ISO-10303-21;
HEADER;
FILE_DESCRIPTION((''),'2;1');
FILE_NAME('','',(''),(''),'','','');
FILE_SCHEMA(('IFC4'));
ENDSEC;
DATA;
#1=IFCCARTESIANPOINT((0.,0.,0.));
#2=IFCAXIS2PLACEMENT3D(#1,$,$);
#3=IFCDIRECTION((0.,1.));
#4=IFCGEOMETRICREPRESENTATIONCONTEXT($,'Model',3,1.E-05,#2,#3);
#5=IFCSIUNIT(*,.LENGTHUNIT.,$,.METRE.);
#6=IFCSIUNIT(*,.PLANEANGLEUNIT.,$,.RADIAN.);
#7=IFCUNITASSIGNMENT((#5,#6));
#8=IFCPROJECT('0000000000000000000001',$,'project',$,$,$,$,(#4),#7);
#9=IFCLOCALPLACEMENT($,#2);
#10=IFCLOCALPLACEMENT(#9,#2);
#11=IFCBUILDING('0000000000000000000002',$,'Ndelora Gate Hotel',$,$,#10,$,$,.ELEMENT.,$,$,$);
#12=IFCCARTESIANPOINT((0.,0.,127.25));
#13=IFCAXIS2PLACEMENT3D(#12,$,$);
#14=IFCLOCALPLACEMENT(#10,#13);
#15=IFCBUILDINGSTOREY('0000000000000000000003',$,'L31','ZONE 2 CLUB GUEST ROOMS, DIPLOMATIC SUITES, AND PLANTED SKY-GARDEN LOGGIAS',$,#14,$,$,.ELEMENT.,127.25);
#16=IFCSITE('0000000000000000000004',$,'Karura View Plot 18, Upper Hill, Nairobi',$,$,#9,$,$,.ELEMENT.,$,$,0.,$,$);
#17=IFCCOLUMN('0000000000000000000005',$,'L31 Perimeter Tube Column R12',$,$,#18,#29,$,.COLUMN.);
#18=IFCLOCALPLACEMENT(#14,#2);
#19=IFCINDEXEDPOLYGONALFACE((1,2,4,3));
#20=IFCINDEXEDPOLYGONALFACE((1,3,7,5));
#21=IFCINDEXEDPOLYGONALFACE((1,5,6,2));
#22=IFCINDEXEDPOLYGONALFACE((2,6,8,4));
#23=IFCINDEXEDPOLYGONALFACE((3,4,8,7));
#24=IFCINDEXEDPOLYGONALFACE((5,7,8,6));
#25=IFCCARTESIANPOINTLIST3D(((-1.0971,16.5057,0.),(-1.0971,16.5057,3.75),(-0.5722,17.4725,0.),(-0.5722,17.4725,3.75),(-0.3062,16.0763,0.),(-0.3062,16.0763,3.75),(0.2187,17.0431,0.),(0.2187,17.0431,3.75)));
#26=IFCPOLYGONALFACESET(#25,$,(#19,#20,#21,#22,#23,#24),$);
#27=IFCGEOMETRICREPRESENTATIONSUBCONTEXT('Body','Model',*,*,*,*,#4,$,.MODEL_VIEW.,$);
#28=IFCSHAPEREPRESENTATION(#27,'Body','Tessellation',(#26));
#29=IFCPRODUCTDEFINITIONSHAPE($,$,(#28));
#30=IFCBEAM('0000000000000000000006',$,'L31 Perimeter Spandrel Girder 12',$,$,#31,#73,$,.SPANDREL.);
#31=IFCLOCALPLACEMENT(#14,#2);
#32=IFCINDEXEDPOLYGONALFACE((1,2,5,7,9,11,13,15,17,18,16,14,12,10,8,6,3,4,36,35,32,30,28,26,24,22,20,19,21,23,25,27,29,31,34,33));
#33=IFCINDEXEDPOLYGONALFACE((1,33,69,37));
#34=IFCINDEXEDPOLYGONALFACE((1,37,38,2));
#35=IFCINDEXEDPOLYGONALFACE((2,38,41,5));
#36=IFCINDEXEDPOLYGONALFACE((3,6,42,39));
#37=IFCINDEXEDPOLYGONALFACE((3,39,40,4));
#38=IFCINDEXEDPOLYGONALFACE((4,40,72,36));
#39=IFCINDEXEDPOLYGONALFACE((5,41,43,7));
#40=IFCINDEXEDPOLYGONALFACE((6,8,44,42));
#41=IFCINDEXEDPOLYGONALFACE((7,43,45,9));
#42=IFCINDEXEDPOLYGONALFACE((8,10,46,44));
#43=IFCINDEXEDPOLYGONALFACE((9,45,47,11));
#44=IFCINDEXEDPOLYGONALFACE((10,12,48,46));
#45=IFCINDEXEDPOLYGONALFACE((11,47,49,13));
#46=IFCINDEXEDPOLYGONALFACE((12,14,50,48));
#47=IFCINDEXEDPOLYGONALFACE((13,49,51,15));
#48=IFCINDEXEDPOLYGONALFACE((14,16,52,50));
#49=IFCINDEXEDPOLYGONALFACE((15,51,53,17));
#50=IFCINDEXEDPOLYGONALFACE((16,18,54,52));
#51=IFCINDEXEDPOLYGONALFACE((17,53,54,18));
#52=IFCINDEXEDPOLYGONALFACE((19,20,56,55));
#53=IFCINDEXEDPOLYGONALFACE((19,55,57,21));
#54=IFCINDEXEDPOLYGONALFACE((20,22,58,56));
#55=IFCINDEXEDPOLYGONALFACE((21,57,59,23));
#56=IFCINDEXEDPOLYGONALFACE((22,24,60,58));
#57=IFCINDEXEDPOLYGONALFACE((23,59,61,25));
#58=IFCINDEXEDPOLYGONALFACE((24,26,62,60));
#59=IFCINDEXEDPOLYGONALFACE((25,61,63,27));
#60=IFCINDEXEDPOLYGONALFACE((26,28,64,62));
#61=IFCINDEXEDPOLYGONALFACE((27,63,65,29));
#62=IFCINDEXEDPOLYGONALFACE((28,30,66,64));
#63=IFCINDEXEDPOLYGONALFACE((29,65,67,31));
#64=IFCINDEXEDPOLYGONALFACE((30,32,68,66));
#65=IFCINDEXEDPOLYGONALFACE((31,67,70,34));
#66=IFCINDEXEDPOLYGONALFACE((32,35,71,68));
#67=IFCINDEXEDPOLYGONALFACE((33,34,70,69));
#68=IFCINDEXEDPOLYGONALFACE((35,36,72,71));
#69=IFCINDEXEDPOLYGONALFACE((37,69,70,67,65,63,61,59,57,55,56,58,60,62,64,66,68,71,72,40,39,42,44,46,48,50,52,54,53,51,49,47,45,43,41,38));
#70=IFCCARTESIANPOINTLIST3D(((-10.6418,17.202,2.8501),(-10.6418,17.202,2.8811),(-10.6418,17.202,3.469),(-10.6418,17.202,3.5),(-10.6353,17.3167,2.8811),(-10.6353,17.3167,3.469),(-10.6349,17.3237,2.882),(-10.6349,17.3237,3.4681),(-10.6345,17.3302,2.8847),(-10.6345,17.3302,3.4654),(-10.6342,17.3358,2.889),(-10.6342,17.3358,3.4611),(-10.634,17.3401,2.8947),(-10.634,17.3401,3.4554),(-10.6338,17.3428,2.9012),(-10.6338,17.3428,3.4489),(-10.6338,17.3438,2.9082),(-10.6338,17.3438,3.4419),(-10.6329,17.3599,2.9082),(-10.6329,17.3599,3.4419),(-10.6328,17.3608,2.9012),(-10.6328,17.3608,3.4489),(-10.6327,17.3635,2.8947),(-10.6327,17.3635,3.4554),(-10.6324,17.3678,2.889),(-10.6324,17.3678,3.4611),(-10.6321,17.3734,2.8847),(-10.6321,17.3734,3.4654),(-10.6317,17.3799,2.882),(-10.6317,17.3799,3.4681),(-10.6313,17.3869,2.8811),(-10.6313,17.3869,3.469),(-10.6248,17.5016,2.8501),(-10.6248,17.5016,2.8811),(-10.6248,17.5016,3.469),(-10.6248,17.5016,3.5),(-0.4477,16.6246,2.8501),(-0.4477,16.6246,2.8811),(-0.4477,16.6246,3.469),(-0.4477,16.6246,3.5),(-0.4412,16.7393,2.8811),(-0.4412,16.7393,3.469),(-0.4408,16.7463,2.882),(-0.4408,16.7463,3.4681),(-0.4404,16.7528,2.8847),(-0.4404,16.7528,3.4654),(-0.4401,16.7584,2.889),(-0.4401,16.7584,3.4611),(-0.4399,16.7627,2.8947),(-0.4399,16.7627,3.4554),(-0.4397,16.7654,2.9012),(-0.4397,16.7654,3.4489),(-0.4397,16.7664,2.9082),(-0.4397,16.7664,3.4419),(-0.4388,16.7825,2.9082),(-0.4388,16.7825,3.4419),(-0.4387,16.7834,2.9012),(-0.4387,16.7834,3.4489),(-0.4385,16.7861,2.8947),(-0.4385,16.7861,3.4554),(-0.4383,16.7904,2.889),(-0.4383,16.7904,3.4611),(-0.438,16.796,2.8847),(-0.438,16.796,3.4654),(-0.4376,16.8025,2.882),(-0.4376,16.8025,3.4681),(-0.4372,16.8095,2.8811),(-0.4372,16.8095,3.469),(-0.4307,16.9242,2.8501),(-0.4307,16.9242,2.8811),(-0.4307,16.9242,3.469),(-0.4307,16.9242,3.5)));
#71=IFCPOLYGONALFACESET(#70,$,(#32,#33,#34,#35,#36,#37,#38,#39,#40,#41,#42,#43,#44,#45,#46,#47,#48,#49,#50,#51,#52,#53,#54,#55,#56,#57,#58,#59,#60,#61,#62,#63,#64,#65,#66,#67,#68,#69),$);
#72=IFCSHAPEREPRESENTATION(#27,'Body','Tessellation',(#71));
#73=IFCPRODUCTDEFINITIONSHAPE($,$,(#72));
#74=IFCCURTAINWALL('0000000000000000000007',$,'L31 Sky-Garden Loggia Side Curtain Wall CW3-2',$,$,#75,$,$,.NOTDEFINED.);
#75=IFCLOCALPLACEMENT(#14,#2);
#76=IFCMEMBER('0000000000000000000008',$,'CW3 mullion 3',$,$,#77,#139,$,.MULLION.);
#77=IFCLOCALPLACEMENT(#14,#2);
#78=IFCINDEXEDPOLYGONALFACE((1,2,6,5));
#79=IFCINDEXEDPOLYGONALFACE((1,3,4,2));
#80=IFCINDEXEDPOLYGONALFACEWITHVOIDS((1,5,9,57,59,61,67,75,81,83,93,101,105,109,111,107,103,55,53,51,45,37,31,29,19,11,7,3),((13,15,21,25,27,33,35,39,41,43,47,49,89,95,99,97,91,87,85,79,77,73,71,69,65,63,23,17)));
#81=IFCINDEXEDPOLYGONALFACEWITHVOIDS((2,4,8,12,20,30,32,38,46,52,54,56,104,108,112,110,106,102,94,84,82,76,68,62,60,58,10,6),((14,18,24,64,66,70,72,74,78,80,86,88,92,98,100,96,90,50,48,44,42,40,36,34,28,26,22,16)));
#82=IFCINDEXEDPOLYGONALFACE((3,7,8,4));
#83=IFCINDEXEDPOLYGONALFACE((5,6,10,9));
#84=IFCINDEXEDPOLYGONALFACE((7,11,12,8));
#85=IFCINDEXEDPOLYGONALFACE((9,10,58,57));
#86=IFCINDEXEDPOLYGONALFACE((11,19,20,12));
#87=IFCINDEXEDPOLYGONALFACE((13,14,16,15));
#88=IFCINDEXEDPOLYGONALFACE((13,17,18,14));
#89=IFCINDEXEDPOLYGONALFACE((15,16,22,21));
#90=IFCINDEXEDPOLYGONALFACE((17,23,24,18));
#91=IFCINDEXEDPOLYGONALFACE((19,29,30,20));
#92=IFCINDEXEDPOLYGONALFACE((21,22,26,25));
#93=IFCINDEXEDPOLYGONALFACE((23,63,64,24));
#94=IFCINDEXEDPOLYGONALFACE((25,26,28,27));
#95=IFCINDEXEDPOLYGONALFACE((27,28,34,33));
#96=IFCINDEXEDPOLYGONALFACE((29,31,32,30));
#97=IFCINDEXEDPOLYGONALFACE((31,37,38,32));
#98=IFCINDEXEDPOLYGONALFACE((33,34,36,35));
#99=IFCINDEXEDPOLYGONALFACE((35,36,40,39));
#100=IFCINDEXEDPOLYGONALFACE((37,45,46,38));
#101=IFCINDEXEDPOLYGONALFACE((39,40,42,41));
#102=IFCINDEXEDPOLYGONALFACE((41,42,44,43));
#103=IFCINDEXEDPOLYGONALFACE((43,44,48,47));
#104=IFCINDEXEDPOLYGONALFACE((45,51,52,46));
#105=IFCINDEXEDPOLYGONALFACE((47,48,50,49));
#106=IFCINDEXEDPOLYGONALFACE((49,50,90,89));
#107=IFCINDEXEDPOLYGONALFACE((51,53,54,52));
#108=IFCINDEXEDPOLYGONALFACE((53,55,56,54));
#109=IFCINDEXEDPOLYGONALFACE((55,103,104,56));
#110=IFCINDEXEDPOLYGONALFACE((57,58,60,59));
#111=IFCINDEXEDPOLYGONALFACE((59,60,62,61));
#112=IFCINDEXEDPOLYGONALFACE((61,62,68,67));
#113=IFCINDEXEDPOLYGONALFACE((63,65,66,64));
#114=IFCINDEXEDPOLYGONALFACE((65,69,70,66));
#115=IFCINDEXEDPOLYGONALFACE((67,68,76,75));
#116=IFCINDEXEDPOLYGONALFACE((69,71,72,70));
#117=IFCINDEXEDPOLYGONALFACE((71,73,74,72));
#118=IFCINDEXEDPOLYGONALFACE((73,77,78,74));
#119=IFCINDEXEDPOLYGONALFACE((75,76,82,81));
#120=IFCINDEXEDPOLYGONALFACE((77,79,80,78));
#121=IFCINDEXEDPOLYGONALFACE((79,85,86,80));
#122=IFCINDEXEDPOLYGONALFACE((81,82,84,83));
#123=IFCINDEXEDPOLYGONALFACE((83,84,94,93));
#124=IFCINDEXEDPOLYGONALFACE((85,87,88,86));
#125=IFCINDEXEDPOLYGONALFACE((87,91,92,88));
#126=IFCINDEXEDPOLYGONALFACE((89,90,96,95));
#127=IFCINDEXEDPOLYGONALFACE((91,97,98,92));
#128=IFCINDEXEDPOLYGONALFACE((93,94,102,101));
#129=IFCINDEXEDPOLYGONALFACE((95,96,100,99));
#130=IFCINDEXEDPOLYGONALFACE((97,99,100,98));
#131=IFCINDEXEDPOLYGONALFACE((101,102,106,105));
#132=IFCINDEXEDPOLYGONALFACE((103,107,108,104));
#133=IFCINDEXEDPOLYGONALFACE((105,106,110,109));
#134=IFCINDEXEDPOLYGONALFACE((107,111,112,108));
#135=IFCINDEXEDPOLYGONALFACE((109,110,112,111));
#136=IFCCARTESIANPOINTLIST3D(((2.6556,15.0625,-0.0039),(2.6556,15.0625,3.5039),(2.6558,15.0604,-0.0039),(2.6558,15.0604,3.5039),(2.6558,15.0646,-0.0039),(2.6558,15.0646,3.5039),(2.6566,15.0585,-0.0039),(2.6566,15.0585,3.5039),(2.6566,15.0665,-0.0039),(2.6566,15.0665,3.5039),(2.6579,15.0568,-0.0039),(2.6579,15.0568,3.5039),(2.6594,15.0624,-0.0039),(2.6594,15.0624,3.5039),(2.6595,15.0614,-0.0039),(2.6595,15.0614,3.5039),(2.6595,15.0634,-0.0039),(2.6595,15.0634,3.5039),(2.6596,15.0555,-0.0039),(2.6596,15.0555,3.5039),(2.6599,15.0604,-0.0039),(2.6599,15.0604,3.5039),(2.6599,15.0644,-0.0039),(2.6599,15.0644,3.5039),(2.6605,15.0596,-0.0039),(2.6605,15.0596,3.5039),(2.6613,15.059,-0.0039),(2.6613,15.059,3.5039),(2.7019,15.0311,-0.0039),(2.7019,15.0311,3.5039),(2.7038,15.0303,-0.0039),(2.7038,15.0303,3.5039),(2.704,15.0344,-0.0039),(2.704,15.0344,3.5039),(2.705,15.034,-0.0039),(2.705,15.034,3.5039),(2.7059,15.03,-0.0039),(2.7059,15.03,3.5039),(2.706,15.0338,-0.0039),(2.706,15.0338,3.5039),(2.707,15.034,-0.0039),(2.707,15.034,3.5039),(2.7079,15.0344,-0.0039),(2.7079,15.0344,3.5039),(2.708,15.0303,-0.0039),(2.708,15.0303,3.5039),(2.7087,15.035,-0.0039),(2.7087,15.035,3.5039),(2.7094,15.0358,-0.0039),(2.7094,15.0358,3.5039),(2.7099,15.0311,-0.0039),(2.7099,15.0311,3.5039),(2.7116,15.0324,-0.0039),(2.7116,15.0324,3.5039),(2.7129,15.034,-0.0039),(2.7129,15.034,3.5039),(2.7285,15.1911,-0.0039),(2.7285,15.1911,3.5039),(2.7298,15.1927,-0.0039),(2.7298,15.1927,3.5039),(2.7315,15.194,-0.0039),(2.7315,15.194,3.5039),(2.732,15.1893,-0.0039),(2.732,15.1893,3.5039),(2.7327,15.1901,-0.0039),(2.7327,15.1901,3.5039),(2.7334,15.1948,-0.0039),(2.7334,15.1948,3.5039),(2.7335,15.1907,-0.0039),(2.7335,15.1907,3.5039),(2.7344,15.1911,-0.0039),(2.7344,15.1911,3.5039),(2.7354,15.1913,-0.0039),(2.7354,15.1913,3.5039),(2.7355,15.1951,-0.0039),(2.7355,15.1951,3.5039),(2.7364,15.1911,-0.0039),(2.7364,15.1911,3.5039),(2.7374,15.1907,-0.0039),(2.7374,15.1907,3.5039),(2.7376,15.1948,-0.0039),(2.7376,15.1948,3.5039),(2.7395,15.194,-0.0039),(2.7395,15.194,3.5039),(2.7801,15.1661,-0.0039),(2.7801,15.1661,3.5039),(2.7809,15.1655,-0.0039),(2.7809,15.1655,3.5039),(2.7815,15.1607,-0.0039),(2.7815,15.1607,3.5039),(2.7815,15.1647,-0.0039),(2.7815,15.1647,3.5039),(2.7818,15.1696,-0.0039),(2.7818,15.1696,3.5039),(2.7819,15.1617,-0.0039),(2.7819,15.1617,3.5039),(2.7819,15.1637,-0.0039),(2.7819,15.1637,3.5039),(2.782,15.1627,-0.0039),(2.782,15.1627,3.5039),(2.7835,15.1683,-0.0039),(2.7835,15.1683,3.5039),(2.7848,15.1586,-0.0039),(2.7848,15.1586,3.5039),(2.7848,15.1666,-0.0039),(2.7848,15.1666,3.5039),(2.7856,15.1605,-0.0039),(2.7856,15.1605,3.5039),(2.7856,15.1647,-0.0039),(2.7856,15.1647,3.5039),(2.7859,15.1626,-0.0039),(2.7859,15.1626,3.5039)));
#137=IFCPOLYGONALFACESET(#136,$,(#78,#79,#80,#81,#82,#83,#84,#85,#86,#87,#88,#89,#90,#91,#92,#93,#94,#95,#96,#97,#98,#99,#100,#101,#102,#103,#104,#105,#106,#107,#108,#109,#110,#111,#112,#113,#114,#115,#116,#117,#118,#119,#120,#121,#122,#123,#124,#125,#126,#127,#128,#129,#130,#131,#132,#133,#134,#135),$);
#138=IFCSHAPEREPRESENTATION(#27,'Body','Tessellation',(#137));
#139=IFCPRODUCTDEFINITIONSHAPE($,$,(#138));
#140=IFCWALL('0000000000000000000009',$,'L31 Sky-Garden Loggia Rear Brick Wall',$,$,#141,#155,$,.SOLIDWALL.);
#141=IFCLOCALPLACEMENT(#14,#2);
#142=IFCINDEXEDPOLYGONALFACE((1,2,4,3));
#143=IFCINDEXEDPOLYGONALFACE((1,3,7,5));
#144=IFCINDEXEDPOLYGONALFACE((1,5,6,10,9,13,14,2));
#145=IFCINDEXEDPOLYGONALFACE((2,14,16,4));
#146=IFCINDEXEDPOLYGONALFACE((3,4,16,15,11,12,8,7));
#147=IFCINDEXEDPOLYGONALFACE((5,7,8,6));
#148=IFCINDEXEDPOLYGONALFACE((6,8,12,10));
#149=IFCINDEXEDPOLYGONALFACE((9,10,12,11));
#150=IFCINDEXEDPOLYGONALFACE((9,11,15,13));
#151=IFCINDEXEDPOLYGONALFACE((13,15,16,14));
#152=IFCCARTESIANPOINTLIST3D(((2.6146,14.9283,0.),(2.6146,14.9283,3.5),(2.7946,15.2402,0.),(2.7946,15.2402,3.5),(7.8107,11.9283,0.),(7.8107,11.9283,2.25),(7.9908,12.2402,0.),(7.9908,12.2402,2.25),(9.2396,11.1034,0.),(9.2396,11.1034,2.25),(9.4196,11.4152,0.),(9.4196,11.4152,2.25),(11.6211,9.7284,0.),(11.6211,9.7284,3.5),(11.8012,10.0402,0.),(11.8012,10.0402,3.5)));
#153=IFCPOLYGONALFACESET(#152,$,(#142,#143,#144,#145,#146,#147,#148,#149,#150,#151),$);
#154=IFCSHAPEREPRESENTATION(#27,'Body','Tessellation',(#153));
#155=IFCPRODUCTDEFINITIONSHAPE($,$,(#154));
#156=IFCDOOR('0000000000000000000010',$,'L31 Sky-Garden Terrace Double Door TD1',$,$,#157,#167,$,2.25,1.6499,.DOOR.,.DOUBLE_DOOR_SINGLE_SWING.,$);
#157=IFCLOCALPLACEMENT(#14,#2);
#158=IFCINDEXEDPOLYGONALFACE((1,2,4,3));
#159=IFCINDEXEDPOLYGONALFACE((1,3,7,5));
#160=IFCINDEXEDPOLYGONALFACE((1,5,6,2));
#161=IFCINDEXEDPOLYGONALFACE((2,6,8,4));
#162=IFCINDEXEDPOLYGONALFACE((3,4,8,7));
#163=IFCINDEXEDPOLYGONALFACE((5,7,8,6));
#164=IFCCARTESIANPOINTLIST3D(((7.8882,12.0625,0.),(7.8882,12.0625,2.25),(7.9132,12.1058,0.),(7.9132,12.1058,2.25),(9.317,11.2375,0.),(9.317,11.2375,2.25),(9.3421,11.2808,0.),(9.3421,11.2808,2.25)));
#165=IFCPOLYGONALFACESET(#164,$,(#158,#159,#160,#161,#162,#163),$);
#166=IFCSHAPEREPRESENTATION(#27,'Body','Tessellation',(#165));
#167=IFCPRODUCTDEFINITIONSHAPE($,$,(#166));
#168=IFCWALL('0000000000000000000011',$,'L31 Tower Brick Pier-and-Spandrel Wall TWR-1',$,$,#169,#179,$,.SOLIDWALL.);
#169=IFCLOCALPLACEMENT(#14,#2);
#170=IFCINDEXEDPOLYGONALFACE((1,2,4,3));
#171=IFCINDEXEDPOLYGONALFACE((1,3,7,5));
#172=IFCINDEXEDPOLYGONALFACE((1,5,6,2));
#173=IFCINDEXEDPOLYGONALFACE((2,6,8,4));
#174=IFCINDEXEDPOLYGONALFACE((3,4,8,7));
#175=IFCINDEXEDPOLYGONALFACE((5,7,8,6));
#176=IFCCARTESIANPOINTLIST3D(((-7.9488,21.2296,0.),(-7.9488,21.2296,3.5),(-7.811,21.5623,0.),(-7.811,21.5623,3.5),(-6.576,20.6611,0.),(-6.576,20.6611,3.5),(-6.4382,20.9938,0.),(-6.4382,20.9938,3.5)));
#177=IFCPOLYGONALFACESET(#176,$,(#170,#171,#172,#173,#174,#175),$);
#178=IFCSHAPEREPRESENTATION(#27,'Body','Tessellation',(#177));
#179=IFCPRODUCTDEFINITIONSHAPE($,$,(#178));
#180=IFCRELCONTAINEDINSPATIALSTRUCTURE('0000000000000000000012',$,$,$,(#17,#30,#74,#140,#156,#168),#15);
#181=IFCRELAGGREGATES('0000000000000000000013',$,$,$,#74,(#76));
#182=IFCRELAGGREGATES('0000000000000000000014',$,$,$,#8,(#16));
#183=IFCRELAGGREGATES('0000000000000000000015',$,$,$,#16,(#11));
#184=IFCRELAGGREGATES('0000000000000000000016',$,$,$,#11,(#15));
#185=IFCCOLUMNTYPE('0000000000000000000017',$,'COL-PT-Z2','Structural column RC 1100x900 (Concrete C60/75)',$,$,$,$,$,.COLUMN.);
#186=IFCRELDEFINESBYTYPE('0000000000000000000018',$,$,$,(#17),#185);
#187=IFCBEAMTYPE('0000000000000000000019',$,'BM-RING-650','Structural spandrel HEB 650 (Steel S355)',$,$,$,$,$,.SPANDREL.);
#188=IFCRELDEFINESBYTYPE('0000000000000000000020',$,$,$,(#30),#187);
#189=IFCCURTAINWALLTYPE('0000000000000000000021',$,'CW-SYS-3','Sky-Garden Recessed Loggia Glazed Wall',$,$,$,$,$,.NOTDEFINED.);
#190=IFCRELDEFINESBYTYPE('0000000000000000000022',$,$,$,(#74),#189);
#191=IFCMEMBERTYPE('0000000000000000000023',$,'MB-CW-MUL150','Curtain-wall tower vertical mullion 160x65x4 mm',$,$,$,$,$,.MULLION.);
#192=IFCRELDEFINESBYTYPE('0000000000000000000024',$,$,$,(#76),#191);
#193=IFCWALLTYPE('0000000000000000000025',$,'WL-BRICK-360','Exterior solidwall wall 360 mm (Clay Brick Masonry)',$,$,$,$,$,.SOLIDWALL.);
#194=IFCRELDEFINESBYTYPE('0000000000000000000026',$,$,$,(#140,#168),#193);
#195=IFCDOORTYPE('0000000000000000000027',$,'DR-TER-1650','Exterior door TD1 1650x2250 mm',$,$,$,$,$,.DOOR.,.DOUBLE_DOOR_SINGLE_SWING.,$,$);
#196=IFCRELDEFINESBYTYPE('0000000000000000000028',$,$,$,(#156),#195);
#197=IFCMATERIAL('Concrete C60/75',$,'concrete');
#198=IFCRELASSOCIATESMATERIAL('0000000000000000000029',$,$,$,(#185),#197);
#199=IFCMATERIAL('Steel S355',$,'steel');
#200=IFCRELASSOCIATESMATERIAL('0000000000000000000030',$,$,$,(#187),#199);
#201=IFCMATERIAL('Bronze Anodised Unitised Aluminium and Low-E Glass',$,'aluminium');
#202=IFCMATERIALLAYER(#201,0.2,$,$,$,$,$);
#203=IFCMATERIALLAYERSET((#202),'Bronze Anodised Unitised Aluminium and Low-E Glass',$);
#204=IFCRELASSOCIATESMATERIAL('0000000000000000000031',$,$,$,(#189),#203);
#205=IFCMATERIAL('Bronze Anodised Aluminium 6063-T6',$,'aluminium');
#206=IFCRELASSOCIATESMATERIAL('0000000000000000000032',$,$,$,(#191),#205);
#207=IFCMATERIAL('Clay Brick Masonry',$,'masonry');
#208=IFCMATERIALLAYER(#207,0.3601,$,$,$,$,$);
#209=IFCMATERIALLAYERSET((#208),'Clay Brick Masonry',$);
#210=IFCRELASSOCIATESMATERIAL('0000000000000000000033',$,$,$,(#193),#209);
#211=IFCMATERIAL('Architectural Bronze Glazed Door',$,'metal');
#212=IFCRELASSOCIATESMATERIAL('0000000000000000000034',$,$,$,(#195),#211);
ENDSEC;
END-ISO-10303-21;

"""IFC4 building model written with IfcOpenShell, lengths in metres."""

from ifc_helpers import new_model, si_unit, direction, frame, frame_2d, origin, origin_2d, place, context, subcontext, project, spatial, rectangle, hollow_rectangle, i_section, extrude, material, layer, layer_set, material_profile, profile_set, type_object, element, fill, aggregate, save


model = new_model("IFC4")

# Units and contexts
model_context = context("Model", 3, precision=1e-05, world=origin(), true_north=direction((0.0, 1.0)))
body_context = subcontext(model_context, "Body", "Model", "MODEL_VIEW")
ifc_project = project(units=[si_unit("LENGTHUNIT", "METRE"), si_unit("PLANEANGLEUNIT", "RADIAN")], contexts=[model_context])

# Site, building, storey
site_placement = place(None, origin())
site = spatial("IfcSite", under=ifc_project, at=site_placement, Name="Karura View Plot 18, Upper Hill, Nairobi", CompositionType="ELEMENT", RefElevation=0.0)
building_placement = place(site_placement, origin())
building = spatial("IfcBuilding", under=site, at=building_placement, Name="Ndelora Gate Hotel", CompositionType="ELEMENT")
storey_placement = place(building_placement, frame((0.0, 0.0, 127.25)))
storey = spatial("IfcBuildingStorey", under=building, at=storey_placement, Name="L31", Description="ZONE 2 CLUB GUEST ROOMS, DIPLOMATIC SUITES, AND PLANTED SKY-GARDEN LOGGIAS", CompositionType="ELEMENT", Elevation=127.25)

# Column
ifc_material_1 = material(Name="Concrete C60/75", Category="concrete")
ifc_material_profile_1 = material_profile(ifc_material_1, rectangle(XDim=0.8999, YDim=1.1001, at=origin_2d()), Name="RC 1100x900")
ifc_profile_set_1 = profile_set([ifc_material_profile_1], Name="Concrete C60/75")
column_type = type_object("IfcColumnType", Name="COL-PT-Z2", Description="Structural column RC 1100x900 (Concrete C60/75)", PredefinedType="COLUMN", material=ifc_profile_set_1)
column_placement = place(storey_placement, frame((-0.4392, 16.7744, 0.0), z_axis=(0.0, 0.0, 1.0), x_axis=(-0.878817, 0.477159, 0.0)))
element("IfcColumn", 1, at=column_placement, inside=storey, type_object=column_type, Name="L31 Perimeter Tube Column R12", PredefinedType="COLUMN", context=body_context, shape_type="SweptSolid", body=[
    extrude(rectangle(XDim=0.8999, YDim=1.1001, at=origin_2d()), origin(), (0.0, 0.0, 1.0), 3.75),
])

# Beam
ifc_material_2 = material(Name="Steel S355", Category="steel")
ifc_material_profile_2 = material_profile(ifc_material_2, i_section(OverallWidth=0.3, OverallDepth=0.6499, WebThickness=0.0161, FlangeThickness=0.031, FilletRadius=0.0271, at=origin_2d()), Name="HEB 650")
ifc_profile_set_2 = profile_set([ifc_material_profile_2], Name="Steel S355")
beam_type = type_object("IfcBeamType", Name="BM-RING-650", Description="Structural spandrel HEB 650 (Steel S355)", PredefinedType="SPANDREL", material=ifc_profile_set_2)
beam_placement = place(storey_placement, frame((-0.4392, 16.7744, 3.175), z_axis=(-0.9984, 0.056549, 0.0), x_axis=(-0.056549, -0.9984, 0.0)))
element("IfcBeam", 2, at=beam_placement, inside=storey, type_object=beam_type, Name="L31 Perimeter Spandrel Girder 12", PredefinedType="SPANDREL", context=body_context, shape_type="SweptSolid", body=[
    extrude(i_section(OverallWidth=0.3, OverallDepth=0.6499, WebThickness=0.0161, FlangeThickness=0.031, FilletRadius=0.0271, at=origin_2d()), origin(), (0.0, 0.0, 1.0), 10.2104),
])

# Curtain wall, member
ifc_material_3 = material(Name="Bronze Anodised Unitised Aluminium and Low-E Glass", Category="aluminium")
ifc_layer_1 = layer(ifc_material_3, 0.2)
ifc_layer_set_1 = layer_set([ifc_layer_1], Name="Bronze Anodised Unitised Aluminium and Low-E Glass")
curtain_wall_type = type_object("IfcCurtainWallType", Name="CW-SYS-3", Description="Sky-Garden Recessed Loggia Glazed Wall", PredefinedType="NOTDEFINED", material=ifc_layer_set_1)
curtain_wall_placement = place(storey_placement, origin())
curtain_wall = element("IfcCurtainWall", 3, at=curtain_wall_placement, inside=storey, type_object=curtain_wall_type, Name="L31 Sky-Garden Loggia Side Curtain Wall CW3-2", PredefinedType="NOTDEFINED")
ifc_material_4 = material(Name="Bronze Anodised Aluminium 6063-T6", Category="aluminium")
ifc_material_profile_3 = material_profile(ifc_material_4, hollow_rectangle(XDim=0.0649, YDim=0.1599, WallThickness=0.0039, InnerFilletRadius=0.0039, OuterFilletRadius=0.0081, at=origin_2d()), Name="ALU 160x65x4")
ifc_profile_set_3 = profile_set([ifc_material_profile_3], Name="Bronze Anodised Aluminium 6063-T6")
member_type = type_object("IfcMemberType", Name="MB-CW-MUL150", Description="Curtain-wall tower vertical mullion 160x65x4 mm", PredefinedType="MULLION", material=ifc_profile_set_3)
member_placement = place(storey_placement, frame((2.7207, 15.1125, -0.0039), z_axis=(0.0, 0.0, 1.0), x_axis=(0.866019, -0.500011, 0.0)))
member = element("IfcMember", 4, at=member_placement, type_object=member_type, Name="CW3 mullion 3", PredefinedType="MULLION", context=body_context, shape_type="SweptSolid", body=[
    extrude(hollow_rectangle(XDim=0.0649, YDim=0.1599, WallThickness=0.0039, InnerFilletRadius=0.0039, OuterFilletRadius=0.0081, at=origin_2d()), origin(), (0.0, 0.0, 1.0), 3.5078),
])
aggregate(curtain_wall, [member])

# Wall, opening, door
ifc_material_5 = material(Name="Clay Brick Masonry", Category="masonry")
ifc_layer_2 = layer(ifc_material_5, 0.3601)
ifc_layer_set_2 = layer_set([ifc_layer_2], Name="Clay Brick Masonry")
wall_type_1 = type_object("IfcWallType", Name="WL-BRICK-360", Description="Exterior solidwall wall 360 mm (Clay Brick Masonry)", PredefinedType="SOLIDWALL", material=ifc_layer_set_2)
wall_1_placement = place(storey_placement, frame((2.7046, 15.0842, 0.0), z_axis=(0.0, 0.0, 1.0), x_axis=(0.866026, -0.499999, 0.0)))
wall_1 = element("IfcWall", 5, at=wall_1_placement, inside=storey, type_object=wall_type_1, Name="L31 Sky-Garden Loggia Rear Brick Wall", PredefinedType="SOLIDWALL", context=body_context, shape_type="SweptSolid", body=[
    extrude(rectangle(XDim=10.3999, YDim=0.3601, at=frame_2d((5.2, 0.0))), origin(), (0.0, 0.0, 1.0), 3.5),
])
opening_1_placement = place(wall_1_placement, frame((6.0, 0.0, 0.0)))
opening_1 = element("IfcOpeningElement", 6, at=opening_1_placement, cuts=wall_1, PredefinedType="OPENING", context=body_context, shape_type="SweptSolid", body=[
    extrude(rectangle(XDim=1.6499, YDim=2.25, at=frame_2d((0.825, 1.125))), frame((0.0, 0.1899, 0.0), z_axis=(0.0, -1.0, 0.0), x_axis=(1.0, 0.0, 0.0)), (0.0, 0.0, 1.0), 0.3801),
])
ifc_material_6 = material(Name="Architectural Bronze Glazed Door", Category="metal")
door_type_1 = type_object("IfcDoorType", Name="DR-TER-1650", Description="Exterior door TD1 1650x2250 mm", OperationType="DOUBLE_DOOR_SINGLE_SWING", PredefinedType="DOOR", material=ifc_material_6)
door_1_placement = place(opening_1_placement, origin())
door_1 = element("IfcDoor", 7, at=door_1_placement, inside=storey, type_object=door_type_1, Name="L31 Sky-Garden Terrace Double Door TD1", OperationType="DOUBLE_DOOR_SINGLE_SWING", OverallHeight=2.25, OverallWidth=1.6499, PredefinedType="DOOR", context=body_context, shape_type="SweptSolid", body=[
    extrude(rectangle(XDim=1.6499, YDim=2.25, at=frame_2d((0.825, 1.125))), frame((0.0, 0.0249, 0.0), z_axis=(0.0, -1.0, 0.0), x_axis=(1.0, 0.0, 0.0)), (0.0, 0.0, 1.0), 0.05),
])
fill(opening_1, door_1)

# Wall
for number, where, z_axis, x_axis, name in (
    (8, (-7.8799, 21.396, 0.0), (0.0, 0.0, 1.0), (0.923887, -0.382666, 0.0), "L31 Tower Brick Pier-and-Spandrel Wall TWR-1"),
):
    element("IfcWall", number, at=place(storey_placement, frame(where, z_axis=z_axis, x_axis=x_axis)), inside=storey, type_object=wall_type_1, Name=name, PredefinedType="SOLIDWALL", context=body_context, shape_type="SweptSolid", body=[
        extrude(rectangle(XDim=1.4858, YDim=0.3601, at=frame_2d((0.7429, 0.0))), origin(), (0.0, 0.0, 1.0), 3.5),
    ])

save(model, "model.ifc")
